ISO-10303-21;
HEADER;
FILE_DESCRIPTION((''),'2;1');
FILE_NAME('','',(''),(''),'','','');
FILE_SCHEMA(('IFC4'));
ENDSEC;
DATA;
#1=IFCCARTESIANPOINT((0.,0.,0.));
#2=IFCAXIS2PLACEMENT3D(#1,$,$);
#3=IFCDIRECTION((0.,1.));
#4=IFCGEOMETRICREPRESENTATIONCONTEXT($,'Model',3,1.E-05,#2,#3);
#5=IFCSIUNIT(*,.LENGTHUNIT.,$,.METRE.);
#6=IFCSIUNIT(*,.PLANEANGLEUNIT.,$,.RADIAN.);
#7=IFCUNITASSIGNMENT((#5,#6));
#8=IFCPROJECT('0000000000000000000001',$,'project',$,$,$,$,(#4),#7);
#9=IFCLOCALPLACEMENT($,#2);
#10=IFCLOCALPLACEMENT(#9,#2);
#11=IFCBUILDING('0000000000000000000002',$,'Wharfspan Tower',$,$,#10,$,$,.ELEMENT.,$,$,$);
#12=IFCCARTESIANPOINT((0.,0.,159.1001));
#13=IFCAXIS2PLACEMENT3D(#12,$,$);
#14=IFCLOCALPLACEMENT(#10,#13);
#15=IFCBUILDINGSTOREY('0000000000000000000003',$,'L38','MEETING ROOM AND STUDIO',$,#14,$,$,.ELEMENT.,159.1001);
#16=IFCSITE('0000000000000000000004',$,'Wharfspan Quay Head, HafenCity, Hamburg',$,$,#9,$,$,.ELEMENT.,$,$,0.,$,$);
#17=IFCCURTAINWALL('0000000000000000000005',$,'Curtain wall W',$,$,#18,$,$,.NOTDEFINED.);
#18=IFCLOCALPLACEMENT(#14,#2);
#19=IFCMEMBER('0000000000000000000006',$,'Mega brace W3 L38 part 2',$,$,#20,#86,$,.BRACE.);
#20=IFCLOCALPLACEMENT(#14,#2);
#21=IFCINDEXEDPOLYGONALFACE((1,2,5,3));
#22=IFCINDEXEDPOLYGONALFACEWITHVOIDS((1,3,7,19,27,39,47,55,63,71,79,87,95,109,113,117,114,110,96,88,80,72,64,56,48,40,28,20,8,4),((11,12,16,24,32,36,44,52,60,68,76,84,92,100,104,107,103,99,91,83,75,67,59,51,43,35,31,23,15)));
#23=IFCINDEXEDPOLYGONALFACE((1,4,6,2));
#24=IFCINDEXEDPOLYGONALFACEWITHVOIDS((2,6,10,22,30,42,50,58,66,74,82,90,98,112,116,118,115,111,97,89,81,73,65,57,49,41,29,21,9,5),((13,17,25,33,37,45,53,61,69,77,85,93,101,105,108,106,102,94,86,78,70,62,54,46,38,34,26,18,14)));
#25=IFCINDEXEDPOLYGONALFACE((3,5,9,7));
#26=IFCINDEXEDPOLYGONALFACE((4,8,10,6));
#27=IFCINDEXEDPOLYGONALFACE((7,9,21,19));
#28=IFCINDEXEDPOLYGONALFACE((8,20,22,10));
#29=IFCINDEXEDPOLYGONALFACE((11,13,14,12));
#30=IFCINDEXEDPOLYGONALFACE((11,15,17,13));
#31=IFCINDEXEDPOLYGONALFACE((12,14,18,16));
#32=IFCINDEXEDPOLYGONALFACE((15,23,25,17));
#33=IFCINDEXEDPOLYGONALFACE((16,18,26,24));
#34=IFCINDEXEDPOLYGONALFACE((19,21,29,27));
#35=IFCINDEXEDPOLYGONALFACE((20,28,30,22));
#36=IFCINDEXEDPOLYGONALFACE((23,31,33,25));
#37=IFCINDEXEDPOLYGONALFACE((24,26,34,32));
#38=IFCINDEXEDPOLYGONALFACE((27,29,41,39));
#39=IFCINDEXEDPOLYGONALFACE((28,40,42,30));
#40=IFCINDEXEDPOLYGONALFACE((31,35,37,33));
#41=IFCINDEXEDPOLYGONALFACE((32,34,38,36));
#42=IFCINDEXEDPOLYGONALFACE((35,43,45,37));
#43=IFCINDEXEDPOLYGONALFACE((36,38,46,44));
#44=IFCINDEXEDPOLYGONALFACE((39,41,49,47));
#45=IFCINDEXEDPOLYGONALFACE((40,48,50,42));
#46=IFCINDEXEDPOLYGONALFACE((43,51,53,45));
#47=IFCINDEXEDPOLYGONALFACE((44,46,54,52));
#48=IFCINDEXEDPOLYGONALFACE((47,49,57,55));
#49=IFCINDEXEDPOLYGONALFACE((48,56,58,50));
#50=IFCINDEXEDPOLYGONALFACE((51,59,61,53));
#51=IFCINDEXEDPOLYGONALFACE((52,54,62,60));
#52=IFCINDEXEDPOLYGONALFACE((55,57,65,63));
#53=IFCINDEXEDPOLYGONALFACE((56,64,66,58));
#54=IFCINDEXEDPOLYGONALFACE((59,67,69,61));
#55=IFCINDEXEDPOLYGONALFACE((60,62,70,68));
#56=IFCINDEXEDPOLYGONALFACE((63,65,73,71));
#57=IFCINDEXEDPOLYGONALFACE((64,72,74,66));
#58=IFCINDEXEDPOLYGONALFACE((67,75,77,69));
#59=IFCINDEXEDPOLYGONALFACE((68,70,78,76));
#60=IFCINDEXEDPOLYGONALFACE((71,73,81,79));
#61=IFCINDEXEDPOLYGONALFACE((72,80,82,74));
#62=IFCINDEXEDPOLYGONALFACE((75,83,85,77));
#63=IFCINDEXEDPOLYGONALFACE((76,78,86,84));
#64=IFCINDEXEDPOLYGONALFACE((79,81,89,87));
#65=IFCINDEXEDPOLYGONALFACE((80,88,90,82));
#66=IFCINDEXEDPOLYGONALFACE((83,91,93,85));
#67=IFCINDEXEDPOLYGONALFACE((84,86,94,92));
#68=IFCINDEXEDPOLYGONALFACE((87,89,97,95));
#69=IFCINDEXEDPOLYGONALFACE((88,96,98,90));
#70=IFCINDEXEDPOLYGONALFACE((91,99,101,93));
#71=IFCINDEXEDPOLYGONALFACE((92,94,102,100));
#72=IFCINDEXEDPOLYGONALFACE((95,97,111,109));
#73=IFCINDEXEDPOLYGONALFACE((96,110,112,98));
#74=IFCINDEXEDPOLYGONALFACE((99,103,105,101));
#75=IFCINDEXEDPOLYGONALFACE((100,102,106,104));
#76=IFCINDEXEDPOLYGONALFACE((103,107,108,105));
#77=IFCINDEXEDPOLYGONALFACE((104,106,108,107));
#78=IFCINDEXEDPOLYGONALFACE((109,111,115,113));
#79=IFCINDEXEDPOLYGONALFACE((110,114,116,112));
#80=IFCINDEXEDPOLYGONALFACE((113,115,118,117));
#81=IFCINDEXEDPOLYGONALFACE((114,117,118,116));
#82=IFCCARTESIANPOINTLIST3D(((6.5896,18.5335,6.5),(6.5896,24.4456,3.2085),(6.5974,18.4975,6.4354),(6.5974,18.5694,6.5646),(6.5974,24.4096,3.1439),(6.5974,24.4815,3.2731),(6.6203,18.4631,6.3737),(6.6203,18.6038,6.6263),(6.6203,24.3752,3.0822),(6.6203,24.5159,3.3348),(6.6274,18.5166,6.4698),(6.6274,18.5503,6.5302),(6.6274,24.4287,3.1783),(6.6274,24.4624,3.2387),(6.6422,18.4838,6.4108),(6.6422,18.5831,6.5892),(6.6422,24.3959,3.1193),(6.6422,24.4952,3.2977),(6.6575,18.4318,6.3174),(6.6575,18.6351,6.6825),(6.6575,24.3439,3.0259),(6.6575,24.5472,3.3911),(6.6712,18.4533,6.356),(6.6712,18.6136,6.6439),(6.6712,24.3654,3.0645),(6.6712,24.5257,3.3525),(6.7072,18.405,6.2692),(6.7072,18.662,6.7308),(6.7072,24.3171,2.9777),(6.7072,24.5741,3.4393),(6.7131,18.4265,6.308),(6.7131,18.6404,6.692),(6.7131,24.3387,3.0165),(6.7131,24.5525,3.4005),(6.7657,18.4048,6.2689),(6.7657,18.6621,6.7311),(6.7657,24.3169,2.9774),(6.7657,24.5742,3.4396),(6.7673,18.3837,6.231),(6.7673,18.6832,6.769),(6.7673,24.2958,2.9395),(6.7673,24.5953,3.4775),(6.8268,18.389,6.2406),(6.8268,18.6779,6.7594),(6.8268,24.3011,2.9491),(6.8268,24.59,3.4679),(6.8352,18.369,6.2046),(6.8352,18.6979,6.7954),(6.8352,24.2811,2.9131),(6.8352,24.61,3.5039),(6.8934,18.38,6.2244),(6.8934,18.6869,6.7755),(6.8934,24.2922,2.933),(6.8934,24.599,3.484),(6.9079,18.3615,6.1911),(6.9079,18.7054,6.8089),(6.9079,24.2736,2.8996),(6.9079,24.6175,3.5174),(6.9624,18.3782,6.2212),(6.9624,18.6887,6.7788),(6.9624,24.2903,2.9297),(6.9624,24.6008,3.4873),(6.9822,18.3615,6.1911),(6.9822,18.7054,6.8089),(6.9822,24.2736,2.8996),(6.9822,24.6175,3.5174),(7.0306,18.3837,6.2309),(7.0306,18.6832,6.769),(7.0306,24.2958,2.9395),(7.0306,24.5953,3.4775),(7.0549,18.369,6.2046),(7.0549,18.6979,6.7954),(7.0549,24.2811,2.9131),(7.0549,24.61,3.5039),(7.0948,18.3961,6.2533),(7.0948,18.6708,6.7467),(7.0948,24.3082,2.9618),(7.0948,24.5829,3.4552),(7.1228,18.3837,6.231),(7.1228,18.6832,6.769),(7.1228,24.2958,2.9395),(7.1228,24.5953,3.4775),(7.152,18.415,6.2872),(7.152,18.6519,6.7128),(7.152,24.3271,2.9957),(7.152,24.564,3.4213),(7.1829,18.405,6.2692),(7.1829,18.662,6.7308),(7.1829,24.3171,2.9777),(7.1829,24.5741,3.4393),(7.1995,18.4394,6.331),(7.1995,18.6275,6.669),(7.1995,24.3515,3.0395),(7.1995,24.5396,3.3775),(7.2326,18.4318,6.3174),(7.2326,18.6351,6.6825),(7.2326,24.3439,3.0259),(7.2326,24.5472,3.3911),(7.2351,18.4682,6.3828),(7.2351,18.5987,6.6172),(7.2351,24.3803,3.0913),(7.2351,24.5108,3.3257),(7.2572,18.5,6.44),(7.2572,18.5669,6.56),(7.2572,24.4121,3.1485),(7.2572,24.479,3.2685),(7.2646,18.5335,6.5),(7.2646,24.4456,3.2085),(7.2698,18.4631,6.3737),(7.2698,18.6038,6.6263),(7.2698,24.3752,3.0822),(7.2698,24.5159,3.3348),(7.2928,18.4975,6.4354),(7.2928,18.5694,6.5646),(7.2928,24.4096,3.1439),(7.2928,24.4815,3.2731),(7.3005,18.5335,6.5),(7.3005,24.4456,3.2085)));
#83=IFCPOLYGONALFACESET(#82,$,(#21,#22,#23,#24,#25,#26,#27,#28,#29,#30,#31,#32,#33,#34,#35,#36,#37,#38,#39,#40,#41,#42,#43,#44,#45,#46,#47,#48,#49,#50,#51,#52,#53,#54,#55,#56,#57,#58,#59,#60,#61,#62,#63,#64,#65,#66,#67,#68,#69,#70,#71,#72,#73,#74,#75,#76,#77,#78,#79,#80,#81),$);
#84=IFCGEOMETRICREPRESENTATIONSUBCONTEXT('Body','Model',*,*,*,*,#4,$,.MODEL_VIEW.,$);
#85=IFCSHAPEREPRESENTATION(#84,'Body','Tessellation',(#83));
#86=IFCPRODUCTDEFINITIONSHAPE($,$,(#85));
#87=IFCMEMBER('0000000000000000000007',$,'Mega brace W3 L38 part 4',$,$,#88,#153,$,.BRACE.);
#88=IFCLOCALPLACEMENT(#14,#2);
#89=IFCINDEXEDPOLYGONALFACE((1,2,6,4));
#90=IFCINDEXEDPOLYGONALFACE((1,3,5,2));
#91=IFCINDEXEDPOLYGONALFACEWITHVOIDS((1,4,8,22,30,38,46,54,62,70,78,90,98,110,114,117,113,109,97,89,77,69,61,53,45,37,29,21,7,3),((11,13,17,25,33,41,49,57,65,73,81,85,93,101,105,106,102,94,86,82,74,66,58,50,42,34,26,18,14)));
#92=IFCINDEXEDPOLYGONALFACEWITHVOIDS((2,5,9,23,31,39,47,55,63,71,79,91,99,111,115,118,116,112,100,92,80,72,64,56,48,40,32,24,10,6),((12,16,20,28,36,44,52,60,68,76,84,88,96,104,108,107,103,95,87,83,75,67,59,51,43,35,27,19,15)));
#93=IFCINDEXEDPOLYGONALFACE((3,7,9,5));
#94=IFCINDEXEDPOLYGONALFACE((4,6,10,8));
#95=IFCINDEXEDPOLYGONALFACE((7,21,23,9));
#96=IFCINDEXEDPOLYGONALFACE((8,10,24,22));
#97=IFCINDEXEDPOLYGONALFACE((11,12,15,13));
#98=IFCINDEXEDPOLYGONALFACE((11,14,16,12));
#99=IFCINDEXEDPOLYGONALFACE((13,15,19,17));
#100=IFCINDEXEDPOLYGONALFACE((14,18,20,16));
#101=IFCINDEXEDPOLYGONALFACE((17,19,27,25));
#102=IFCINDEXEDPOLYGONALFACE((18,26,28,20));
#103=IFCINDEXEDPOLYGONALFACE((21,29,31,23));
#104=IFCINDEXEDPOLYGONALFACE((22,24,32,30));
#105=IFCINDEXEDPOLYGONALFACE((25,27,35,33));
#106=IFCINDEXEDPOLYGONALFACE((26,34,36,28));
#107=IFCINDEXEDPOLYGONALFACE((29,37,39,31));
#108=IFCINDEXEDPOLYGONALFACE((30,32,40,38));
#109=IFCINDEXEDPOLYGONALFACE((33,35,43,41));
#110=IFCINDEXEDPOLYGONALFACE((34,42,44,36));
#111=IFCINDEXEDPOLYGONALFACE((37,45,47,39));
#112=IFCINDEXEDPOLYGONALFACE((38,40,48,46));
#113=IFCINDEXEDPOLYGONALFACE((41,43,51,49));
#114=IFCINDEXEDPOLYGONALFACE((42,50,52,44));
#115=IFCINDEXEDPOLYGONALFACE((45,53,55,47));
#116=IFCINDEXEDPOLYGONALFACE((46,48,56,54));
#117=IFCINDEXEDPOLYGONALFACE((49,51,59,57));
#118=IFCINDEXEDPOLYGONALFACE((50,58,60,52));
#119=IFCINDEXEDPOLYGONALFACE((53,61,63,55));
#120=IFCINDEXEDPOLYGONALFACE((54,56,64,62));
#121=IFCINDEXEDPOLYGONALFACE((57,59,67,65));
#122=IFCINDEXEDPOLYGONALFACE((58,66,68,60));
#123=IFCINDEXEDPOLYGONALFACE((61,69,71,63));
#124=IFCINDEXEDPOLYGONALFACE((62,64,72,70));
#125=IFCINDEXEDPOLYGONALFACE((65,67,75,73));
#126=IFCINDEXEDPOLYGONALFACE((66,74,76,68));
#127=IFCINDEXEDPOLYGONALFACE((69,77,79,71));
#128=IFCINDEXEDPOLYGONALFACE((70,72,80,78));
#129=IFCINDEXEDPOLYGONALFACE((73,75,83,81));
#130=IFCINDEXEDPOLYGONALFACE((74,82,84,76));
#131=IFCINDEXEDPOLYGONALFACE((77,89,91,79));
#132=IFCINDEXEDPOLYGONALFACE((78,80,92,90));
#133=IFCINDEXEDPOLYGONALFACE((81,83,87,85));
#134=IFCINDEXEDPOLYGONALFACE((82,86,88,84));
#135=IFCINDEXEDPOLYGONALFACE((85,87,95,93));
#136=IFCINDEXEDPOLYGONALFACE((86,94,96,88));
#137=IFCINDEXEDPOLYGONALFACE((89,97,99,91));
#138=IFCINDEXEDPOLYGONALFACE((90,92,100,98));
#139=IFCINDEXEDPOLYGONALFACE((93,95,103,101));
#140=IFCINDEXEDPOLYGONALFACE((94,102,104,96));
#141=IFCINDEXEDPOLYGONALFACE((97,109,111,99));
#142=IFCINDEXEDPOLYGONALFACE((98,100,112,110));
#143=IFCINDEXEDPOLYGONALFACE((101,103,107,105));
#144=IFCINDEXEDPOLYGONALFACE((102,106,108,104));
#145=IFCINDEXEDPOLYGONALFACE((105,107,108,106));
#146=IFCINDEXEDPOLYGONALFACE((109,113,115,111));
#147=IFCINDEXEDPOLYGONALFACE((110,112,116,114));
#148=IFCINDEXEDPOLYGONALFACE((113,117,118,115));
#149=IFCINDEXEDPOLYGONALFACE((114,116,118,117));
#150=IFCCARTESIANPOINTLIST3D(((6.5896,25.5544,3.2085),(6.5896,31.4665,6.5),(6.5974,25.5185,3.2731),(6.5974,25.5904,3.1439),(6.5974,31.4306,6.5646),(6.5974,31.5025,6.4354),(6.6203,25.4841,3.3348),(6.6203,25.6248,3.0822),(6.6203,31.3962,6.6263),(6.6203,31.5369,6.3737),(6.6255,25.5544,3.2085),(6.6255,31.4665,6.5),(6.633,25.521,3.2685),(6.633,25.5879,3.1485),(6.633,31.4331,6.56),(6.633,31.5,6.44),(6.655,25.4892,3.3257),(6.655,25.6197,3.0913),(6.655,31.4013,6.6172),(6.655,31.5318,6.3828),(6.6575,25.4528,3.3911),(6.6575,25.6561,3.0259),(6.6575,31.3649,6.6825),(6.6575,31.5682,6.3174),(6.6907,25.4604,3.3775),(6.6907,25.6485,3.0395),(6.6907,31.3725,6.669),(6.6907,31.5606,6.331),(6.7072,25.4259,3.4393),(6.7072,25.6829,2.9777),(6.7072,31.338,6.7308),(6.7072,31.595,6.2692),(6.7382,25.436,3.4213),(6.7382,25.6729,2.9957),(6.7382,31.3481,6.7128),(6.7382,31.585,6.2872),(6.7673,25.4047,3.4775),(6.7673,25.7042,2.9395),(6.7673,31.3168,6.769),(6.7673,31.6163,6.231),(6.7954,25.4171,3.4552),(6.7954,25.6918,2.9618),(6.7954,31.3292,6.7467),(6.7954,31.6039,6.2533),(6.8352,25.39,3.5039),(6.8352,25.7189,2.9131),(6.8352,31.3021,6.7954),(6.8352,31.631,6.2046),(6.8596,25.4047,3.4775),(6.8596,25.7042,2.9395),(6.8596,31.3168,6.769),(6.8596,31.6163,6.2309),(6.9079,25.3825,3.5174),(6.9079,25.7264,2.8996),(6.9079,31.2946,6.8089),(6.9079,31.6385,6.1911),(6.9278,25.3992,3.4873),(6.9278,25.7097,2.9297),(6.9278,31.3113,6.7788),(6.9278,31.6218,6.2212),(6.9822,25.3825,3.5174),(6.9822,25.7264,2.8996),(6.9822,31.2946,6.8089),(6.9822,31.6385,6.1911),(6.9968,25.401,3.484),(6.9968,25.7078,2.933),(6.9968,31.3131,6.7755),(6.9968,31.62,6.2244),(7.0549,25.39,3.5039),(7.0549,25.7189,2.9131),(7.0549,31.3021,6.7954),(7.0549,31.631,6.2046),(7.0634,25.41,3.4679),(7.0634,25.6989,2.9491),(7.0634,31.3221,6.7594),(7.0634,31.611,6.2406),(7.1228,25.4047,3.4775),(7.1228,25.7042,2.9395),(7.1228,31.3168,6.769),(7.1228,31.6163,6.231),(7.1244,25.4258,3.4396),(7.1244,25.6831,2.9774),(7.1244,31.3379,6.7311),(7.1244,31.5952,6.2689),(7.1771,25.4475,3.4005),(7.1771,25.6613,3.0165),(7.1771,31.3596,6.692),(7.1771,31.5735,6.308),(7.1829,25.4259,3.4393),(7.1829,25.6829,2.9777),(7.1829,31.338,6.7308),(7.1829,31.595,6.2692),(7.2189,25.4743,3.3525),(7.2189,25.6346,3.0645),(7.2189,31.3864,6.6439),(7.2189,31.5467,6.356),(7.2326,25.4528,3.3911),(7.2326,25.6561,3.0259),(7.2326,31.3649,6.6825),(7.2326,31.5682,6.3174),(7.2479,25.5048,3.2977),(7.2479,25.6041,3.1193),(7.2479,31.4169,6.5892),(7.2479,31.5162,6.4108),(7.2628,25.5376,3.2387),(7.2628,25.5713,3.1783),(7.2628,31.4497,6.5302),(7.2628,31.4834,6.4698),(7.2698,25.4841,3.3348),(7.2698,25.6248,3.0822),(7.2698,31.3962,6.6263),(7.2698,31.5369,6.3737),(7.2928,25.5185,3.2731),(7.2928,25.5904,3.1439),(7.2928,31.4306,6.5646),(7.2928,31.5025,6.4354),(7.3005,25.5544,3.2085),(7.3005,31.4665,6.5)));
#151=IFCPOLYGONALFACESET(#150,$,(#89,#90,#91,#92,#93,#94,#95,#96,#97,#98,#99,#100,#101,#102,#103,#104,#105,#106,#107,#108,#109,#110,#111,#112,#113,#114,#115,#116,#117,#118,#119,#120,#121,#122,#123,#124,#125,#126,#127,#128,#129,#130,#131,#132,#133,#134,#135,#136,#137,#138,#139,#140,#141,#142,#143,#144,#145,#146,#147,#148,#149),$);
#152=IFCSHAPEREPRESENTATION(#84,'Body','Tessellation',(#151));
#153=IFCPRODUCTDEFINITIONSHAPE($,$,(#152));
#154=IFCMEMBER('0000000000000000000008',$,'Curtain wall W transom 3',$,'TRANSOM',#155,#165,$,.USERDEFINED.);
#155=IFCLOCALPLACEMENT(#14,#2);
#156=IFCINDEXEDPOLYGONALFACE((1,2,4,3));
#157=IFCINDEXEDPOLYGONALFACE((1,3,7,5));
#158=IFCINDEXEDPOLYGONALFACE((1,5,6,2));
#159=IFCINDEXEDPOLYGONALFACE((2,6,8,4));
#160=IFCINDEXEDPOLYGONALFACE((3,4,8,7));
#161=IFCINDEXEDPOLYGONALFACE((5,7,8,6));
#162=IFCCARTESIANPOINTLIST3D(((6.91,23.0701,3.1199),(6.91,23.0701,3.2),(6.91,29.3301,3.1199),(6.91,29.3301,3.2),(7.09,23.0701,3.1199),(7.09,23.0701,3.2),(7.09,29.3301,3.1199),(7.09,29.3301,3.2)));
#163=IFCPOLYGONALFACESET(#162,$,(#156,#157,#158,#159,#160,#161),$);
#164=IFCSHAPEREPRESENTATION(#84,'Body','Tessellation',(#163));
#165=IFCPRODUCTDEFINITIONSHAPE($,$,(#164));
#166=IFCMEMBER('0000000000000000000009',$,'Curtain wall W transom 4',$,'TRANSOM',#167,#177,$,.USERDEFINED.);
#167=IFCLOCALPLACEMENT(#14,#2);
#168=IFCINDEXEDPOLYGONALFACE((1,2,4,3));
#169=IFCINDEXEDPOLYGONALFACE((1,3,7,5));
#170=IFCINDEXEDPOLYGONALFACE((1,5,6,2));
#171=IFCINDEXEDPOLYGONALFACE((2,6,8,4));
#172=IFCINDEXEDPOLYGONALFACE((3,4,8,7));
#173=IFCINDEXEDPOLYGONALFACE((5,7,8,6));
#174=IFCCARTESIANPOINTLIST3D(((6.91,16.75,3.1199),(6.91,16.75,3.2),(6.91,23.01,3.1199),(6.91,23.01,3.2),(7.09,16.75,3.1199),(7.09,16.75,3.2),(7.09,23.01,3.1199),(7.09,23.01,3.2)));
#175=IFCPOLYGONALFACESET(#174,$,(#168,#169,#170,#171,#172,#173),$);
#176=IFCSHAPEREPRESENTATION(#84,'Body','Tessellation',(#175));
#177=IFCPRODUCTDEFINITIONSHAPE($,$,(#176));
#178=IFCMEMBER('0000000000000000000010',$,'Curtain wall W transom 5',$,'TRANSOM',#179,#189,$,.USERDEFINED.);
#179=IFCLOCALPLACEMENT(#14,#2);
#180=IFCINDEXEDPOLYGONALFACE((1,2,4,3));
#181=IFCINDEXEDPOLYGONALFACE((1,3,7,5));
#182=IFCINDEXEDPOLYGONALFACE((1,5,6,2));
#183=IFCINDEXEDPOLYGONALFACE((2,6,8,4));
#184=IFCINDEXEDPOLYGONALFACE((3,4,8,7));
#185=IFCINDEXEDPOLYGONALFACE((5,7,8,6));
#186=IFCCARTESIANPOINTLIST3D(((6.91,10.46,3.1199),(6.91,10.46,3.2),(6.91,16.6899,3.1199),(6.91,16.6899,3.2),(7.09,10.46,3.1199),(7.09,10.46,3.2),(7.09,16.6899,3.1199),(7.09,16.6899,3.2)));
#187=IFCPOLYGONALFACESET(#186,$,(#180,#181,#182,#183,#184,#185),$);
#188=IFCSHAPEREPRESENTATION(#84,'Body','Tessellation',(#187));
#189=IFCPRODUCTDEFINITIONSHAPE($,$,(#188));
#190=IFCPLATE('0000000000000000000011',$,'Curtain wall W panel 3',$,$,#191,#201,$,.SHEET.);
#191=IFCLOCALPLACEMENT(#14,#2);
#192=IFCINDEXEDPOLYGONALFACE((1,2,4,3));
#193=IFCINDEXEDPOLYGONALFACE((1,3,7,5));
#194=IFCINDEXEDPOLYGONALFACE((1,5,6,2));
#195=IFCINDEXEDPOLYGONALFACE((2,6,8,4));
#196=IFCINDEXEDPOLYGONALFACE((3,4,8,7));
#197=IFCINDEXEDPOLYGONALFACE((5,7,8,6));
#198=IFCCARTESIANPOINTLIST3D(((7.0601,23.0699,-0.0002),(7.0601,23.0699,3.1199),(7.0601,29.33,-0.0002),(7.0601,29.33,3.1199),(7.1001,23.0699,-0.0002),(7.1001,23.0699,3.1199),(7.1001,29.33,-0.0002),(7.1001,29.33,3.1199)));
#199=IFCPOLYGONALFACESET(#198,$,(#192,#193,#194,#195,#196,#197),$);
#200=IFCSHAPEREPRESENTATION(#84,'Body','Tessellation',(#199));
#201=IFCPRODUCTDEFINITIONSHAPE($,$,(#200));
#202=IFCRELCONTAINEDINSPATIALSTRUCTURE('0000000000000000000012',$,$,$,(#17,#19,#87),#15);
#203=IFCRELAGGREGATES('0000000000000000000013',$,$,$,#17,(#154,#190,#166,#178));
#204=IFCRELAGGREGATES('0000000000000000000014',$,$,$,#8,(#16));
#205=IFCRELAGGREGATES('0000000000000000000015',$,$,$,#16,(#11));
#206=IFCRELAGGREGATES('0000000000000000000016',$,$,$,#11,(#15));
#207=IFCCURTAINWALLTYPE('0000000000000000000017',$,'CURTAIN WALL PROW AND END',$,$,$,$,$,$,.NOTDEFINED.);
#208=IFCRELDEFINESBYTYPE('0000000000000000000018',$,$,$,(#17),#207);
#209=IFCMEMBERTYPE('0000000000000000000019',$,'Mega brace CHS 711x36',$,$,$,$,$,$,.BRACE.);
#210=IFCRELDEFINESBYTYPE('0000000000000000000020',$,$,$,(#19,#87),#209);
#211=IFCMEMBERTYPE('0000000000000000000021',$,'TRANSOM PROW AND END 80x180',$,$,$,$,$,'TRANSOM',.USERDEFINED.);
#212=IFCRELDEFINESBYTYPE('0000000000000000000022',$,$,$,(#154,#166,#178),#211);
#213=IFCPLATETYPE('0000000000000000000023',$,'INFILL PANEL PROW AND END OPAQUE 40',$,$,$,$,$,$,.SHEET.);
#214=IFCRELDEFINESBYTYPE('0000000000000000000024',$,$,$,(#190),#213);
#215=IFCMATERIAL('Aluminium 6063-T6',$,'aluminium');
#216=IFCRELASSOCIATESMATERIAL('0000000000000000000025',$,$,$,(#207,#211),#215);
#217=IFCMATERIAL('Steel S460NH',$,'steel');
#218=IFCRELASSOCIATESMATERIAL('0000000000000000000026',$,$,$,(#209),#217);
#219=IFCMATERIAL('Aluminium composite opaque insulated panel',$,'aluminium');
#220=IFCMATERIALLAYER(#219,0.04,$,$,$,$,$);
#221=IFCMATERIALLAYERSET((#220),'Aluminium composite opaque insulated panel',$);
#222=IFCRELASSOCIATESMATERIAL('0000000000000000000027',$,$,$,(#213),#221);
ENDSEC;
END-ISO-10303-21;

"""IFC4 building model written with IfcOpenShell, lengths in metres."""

from ifc_helpers import new_model, si_unit, direction, frame, origin, origin_2d, place, context, subcontext, project, spatial, rectangle, hollow_circle, extrude, material, layer, layer_set, material_profile, profile_set, type_object, element, aggregate, save


model = new_model("IFC4")

# Units and contexts
model_context = context("Model", 3, precision=1e-05, world=origin(), true_north=direction((0.0, 1.0)))
body_context = subcontext(model_context, "Body", "Model", "MODEL_VIEW")
ifc_project = project(units=[si_unit("LENGTHUNIT", "METRE"), si_unit("PLANEANGLEUNIT", "RADIAN")], contexts=[model_context])

# Site, building, storey
site_placement = place(None, origin())
site = spatial("IfcSite", under=ifc_project, at=site_placement, Name="Wharfspan Quay Head, HafenCity, Hamburg", CompositionType="ELEMENT", RefElevation=0.0)
building_placement = place(site_placement, origin())
building = spatial("IfcBuilding", under=site, at=building_placement, Name="Wharfspan Tower", CompositionType="ELEMENT")
storey_placement = place(building_placement, frame((0.0, 0.0, 159.1001)))
storey = spatial("IfcBuildingStorey", under=building, at=storey_placement, Name="L38", Description="MEETING ROOM AND STUDIO", CompositionType="ELEMENT", Elevation=159.1001)

# Curtain wall
ifc_material_1 = material(Name="Aluminium 6063-T6", Category="aluminium")
curtain_wall_type = type_object("IfcCurtainWallType", Name="CURTAIN WALL PROW AND END", PredefinedType="NOTDEFINED", material=ifc_material_1)
curtain_wall_placement = place(storey_placement, origin())
curtain_wall = element("IfcCurtainWall", 1, at=curtain_wall_placement, inside=storey, type_object=curtain_wall_type, Name="Curtain wall W", PredefinedType="NOTDEFINED")

# Members
ifc_material_2 = material(Name="Steel S460NH", Category="steel")
ifc_material_profile_1 = material_profile(ifc_material_2, hollow_circle(Radius=0.3555, WallThickness=0.0359, at=origin_2d()))
ifc_profile_set_1 = profile_set([ifc_material_profile_1], Name="Steel S460NH")
member_type_1 = type_object("IfcMemberType", Name="Mega brace CHS 711x36", PredefinedType="BRACE", material=ifc_profile_set_1)
for number, where, z_axis, x_axis, name in (
    (2, (6.9451, 24.4456, 3.2085), (0.0, -0.873718, 0.486433), (1.0, 0.0, 0.0), "Mega brace W3 L38 part 2"),
    (3, (6.9451, 25.5544, 3.2085), (0.0, 0.873718, 0.486433), (-1.0, 0.0, 0.0), "Mega brace W3 L38 part 4"),
):
    element("IfcMember", number, at=place(storey_placement, frame(where, z_axis=z_axis, x_axis=x_axis)), inside=storey, type_object=member_type_1, Name=name, PredefinedType="BRACE", context=body_context, shape_type="SweptSolid", body=[
        extrude(hollow_circle(Radius=0.3555, WallThickness=0.0359, at=origin_2d()), origin(), (0.0, 0.0, 1.0), 6.7666),
    ])

# Members
ifc_material_profile_2 = material_profile(ifc_material_1, rectangle(XDim=0.1799, YDim=0.0801, at=origin_2d()))
ifc_profile_set_2 = profile_set([ifc_material_profile_2], Name="Aluminium 6063-T6")
member_type_2 = type_object("IfcMemberType", Name="TRANSOM PROW AND END 80x180", ElementType="TRANSOM", PredefinedType="USERDEFINED", material=ifc_profile_set_2)
member_1_placement = place(storey_placement, frame((7.0, 29.3301, 3.1599), z_axis=(0.0, -1.0, 0.0), x_axis=(1.0, 0.0, 0.0)))
member_1 = element("IfcMember", 4, at=member_1_placement, type_object=member_type_2, Name="Curtain wall W transom 3", ObjectType="TRANSOM", PredefinedType="USERDEFINED", context=body_context, shape_type="SweptSolid", body=[
    extrude(rectangle(XDim=0.1799, YDim=0.0801, at=origin_2d()), origin(), (0.0, 0.0, 1.0), 6.26),
])
member_2_placement = place(storey_placement, frame((7.0, 23.01, 3.1599), z_axis=(0.0, -1.0, 0.0), x_axis=(1.0, 0.0, 0.0)))
member_2 = element("IfcMember", 5, at=member_2_placement, type_object=member_type_2, Name="Curtain wall W transom 4", ObjectType="TRANSOM", PredefinedType="USERDEFINED", context=body_context, shape_type="SweptSolid", body=[
    extrude(rectangle(XDim=0.1799, YDim=0.0801, at=origin_2d()), origin(), (0.0, 0.0, 1.0), 6.26),
])
member_3_placement = place(storey_placement, frame((7.0, 16.6899, 3.1599), z_axis=(0.0, -1.0, 0.0), x_axis=(1.0, 0.0, 0.0)))
member_3 = element("IfcMember", 6, at=member_3_placement, type_object=member_type_2, Name="Curtain wall W transom 5", ObjectType="TRANSOM", PredefinedType="USERDEFINED", context=body_context, shape_type="SweptSolid", body=[
    extrude(rectangle(XDim=0.1799, YDim=0.0801, at=origin_2d()), origin(), (0.0, 0.0, 1.0), 6.23),
])

# Plate
ifc_material_3 = material(Name="Aluminium composite opaque insulated panel", Category="aluminium")
ifc_layer_1 = layer(ifc_material_3, 0.04)
ifc_layer_set_1 = layer_set([ifc_layer_1], Name="Aluminium composite opaque insulated panel")
plate_type = type_object("IfcPlateType", Name="INFILL PANEL PROW AND END OPAQUE 40", PredefinedType="SHEET", material=ifc_layer_set_1)
plate_1_placement = place(storey_placement, frame((7.0801, 26.2, -0.0002), z_axis=(0.0, 0.0, 1.0), x_axis=(0.0, -1.0, 0.0)))
plate_1 = element("IfcPlate", 7, at=plate_1_placement, type_object=plate_type, Name="Curtain wall W panel 3", PredefinedType="SHEET", context=body_context, shape_type="SweptSolid", body=[
    extrude(rectangle(XDim=6.26, YDim=0.04, at=origin_2d()), origin(), (0.0, 0.0, 1.0), 3.1201),
])
aggregate(curtain_wall, [member_1, plate_1, member_2, member_3])

save(model, "model.ifc")
